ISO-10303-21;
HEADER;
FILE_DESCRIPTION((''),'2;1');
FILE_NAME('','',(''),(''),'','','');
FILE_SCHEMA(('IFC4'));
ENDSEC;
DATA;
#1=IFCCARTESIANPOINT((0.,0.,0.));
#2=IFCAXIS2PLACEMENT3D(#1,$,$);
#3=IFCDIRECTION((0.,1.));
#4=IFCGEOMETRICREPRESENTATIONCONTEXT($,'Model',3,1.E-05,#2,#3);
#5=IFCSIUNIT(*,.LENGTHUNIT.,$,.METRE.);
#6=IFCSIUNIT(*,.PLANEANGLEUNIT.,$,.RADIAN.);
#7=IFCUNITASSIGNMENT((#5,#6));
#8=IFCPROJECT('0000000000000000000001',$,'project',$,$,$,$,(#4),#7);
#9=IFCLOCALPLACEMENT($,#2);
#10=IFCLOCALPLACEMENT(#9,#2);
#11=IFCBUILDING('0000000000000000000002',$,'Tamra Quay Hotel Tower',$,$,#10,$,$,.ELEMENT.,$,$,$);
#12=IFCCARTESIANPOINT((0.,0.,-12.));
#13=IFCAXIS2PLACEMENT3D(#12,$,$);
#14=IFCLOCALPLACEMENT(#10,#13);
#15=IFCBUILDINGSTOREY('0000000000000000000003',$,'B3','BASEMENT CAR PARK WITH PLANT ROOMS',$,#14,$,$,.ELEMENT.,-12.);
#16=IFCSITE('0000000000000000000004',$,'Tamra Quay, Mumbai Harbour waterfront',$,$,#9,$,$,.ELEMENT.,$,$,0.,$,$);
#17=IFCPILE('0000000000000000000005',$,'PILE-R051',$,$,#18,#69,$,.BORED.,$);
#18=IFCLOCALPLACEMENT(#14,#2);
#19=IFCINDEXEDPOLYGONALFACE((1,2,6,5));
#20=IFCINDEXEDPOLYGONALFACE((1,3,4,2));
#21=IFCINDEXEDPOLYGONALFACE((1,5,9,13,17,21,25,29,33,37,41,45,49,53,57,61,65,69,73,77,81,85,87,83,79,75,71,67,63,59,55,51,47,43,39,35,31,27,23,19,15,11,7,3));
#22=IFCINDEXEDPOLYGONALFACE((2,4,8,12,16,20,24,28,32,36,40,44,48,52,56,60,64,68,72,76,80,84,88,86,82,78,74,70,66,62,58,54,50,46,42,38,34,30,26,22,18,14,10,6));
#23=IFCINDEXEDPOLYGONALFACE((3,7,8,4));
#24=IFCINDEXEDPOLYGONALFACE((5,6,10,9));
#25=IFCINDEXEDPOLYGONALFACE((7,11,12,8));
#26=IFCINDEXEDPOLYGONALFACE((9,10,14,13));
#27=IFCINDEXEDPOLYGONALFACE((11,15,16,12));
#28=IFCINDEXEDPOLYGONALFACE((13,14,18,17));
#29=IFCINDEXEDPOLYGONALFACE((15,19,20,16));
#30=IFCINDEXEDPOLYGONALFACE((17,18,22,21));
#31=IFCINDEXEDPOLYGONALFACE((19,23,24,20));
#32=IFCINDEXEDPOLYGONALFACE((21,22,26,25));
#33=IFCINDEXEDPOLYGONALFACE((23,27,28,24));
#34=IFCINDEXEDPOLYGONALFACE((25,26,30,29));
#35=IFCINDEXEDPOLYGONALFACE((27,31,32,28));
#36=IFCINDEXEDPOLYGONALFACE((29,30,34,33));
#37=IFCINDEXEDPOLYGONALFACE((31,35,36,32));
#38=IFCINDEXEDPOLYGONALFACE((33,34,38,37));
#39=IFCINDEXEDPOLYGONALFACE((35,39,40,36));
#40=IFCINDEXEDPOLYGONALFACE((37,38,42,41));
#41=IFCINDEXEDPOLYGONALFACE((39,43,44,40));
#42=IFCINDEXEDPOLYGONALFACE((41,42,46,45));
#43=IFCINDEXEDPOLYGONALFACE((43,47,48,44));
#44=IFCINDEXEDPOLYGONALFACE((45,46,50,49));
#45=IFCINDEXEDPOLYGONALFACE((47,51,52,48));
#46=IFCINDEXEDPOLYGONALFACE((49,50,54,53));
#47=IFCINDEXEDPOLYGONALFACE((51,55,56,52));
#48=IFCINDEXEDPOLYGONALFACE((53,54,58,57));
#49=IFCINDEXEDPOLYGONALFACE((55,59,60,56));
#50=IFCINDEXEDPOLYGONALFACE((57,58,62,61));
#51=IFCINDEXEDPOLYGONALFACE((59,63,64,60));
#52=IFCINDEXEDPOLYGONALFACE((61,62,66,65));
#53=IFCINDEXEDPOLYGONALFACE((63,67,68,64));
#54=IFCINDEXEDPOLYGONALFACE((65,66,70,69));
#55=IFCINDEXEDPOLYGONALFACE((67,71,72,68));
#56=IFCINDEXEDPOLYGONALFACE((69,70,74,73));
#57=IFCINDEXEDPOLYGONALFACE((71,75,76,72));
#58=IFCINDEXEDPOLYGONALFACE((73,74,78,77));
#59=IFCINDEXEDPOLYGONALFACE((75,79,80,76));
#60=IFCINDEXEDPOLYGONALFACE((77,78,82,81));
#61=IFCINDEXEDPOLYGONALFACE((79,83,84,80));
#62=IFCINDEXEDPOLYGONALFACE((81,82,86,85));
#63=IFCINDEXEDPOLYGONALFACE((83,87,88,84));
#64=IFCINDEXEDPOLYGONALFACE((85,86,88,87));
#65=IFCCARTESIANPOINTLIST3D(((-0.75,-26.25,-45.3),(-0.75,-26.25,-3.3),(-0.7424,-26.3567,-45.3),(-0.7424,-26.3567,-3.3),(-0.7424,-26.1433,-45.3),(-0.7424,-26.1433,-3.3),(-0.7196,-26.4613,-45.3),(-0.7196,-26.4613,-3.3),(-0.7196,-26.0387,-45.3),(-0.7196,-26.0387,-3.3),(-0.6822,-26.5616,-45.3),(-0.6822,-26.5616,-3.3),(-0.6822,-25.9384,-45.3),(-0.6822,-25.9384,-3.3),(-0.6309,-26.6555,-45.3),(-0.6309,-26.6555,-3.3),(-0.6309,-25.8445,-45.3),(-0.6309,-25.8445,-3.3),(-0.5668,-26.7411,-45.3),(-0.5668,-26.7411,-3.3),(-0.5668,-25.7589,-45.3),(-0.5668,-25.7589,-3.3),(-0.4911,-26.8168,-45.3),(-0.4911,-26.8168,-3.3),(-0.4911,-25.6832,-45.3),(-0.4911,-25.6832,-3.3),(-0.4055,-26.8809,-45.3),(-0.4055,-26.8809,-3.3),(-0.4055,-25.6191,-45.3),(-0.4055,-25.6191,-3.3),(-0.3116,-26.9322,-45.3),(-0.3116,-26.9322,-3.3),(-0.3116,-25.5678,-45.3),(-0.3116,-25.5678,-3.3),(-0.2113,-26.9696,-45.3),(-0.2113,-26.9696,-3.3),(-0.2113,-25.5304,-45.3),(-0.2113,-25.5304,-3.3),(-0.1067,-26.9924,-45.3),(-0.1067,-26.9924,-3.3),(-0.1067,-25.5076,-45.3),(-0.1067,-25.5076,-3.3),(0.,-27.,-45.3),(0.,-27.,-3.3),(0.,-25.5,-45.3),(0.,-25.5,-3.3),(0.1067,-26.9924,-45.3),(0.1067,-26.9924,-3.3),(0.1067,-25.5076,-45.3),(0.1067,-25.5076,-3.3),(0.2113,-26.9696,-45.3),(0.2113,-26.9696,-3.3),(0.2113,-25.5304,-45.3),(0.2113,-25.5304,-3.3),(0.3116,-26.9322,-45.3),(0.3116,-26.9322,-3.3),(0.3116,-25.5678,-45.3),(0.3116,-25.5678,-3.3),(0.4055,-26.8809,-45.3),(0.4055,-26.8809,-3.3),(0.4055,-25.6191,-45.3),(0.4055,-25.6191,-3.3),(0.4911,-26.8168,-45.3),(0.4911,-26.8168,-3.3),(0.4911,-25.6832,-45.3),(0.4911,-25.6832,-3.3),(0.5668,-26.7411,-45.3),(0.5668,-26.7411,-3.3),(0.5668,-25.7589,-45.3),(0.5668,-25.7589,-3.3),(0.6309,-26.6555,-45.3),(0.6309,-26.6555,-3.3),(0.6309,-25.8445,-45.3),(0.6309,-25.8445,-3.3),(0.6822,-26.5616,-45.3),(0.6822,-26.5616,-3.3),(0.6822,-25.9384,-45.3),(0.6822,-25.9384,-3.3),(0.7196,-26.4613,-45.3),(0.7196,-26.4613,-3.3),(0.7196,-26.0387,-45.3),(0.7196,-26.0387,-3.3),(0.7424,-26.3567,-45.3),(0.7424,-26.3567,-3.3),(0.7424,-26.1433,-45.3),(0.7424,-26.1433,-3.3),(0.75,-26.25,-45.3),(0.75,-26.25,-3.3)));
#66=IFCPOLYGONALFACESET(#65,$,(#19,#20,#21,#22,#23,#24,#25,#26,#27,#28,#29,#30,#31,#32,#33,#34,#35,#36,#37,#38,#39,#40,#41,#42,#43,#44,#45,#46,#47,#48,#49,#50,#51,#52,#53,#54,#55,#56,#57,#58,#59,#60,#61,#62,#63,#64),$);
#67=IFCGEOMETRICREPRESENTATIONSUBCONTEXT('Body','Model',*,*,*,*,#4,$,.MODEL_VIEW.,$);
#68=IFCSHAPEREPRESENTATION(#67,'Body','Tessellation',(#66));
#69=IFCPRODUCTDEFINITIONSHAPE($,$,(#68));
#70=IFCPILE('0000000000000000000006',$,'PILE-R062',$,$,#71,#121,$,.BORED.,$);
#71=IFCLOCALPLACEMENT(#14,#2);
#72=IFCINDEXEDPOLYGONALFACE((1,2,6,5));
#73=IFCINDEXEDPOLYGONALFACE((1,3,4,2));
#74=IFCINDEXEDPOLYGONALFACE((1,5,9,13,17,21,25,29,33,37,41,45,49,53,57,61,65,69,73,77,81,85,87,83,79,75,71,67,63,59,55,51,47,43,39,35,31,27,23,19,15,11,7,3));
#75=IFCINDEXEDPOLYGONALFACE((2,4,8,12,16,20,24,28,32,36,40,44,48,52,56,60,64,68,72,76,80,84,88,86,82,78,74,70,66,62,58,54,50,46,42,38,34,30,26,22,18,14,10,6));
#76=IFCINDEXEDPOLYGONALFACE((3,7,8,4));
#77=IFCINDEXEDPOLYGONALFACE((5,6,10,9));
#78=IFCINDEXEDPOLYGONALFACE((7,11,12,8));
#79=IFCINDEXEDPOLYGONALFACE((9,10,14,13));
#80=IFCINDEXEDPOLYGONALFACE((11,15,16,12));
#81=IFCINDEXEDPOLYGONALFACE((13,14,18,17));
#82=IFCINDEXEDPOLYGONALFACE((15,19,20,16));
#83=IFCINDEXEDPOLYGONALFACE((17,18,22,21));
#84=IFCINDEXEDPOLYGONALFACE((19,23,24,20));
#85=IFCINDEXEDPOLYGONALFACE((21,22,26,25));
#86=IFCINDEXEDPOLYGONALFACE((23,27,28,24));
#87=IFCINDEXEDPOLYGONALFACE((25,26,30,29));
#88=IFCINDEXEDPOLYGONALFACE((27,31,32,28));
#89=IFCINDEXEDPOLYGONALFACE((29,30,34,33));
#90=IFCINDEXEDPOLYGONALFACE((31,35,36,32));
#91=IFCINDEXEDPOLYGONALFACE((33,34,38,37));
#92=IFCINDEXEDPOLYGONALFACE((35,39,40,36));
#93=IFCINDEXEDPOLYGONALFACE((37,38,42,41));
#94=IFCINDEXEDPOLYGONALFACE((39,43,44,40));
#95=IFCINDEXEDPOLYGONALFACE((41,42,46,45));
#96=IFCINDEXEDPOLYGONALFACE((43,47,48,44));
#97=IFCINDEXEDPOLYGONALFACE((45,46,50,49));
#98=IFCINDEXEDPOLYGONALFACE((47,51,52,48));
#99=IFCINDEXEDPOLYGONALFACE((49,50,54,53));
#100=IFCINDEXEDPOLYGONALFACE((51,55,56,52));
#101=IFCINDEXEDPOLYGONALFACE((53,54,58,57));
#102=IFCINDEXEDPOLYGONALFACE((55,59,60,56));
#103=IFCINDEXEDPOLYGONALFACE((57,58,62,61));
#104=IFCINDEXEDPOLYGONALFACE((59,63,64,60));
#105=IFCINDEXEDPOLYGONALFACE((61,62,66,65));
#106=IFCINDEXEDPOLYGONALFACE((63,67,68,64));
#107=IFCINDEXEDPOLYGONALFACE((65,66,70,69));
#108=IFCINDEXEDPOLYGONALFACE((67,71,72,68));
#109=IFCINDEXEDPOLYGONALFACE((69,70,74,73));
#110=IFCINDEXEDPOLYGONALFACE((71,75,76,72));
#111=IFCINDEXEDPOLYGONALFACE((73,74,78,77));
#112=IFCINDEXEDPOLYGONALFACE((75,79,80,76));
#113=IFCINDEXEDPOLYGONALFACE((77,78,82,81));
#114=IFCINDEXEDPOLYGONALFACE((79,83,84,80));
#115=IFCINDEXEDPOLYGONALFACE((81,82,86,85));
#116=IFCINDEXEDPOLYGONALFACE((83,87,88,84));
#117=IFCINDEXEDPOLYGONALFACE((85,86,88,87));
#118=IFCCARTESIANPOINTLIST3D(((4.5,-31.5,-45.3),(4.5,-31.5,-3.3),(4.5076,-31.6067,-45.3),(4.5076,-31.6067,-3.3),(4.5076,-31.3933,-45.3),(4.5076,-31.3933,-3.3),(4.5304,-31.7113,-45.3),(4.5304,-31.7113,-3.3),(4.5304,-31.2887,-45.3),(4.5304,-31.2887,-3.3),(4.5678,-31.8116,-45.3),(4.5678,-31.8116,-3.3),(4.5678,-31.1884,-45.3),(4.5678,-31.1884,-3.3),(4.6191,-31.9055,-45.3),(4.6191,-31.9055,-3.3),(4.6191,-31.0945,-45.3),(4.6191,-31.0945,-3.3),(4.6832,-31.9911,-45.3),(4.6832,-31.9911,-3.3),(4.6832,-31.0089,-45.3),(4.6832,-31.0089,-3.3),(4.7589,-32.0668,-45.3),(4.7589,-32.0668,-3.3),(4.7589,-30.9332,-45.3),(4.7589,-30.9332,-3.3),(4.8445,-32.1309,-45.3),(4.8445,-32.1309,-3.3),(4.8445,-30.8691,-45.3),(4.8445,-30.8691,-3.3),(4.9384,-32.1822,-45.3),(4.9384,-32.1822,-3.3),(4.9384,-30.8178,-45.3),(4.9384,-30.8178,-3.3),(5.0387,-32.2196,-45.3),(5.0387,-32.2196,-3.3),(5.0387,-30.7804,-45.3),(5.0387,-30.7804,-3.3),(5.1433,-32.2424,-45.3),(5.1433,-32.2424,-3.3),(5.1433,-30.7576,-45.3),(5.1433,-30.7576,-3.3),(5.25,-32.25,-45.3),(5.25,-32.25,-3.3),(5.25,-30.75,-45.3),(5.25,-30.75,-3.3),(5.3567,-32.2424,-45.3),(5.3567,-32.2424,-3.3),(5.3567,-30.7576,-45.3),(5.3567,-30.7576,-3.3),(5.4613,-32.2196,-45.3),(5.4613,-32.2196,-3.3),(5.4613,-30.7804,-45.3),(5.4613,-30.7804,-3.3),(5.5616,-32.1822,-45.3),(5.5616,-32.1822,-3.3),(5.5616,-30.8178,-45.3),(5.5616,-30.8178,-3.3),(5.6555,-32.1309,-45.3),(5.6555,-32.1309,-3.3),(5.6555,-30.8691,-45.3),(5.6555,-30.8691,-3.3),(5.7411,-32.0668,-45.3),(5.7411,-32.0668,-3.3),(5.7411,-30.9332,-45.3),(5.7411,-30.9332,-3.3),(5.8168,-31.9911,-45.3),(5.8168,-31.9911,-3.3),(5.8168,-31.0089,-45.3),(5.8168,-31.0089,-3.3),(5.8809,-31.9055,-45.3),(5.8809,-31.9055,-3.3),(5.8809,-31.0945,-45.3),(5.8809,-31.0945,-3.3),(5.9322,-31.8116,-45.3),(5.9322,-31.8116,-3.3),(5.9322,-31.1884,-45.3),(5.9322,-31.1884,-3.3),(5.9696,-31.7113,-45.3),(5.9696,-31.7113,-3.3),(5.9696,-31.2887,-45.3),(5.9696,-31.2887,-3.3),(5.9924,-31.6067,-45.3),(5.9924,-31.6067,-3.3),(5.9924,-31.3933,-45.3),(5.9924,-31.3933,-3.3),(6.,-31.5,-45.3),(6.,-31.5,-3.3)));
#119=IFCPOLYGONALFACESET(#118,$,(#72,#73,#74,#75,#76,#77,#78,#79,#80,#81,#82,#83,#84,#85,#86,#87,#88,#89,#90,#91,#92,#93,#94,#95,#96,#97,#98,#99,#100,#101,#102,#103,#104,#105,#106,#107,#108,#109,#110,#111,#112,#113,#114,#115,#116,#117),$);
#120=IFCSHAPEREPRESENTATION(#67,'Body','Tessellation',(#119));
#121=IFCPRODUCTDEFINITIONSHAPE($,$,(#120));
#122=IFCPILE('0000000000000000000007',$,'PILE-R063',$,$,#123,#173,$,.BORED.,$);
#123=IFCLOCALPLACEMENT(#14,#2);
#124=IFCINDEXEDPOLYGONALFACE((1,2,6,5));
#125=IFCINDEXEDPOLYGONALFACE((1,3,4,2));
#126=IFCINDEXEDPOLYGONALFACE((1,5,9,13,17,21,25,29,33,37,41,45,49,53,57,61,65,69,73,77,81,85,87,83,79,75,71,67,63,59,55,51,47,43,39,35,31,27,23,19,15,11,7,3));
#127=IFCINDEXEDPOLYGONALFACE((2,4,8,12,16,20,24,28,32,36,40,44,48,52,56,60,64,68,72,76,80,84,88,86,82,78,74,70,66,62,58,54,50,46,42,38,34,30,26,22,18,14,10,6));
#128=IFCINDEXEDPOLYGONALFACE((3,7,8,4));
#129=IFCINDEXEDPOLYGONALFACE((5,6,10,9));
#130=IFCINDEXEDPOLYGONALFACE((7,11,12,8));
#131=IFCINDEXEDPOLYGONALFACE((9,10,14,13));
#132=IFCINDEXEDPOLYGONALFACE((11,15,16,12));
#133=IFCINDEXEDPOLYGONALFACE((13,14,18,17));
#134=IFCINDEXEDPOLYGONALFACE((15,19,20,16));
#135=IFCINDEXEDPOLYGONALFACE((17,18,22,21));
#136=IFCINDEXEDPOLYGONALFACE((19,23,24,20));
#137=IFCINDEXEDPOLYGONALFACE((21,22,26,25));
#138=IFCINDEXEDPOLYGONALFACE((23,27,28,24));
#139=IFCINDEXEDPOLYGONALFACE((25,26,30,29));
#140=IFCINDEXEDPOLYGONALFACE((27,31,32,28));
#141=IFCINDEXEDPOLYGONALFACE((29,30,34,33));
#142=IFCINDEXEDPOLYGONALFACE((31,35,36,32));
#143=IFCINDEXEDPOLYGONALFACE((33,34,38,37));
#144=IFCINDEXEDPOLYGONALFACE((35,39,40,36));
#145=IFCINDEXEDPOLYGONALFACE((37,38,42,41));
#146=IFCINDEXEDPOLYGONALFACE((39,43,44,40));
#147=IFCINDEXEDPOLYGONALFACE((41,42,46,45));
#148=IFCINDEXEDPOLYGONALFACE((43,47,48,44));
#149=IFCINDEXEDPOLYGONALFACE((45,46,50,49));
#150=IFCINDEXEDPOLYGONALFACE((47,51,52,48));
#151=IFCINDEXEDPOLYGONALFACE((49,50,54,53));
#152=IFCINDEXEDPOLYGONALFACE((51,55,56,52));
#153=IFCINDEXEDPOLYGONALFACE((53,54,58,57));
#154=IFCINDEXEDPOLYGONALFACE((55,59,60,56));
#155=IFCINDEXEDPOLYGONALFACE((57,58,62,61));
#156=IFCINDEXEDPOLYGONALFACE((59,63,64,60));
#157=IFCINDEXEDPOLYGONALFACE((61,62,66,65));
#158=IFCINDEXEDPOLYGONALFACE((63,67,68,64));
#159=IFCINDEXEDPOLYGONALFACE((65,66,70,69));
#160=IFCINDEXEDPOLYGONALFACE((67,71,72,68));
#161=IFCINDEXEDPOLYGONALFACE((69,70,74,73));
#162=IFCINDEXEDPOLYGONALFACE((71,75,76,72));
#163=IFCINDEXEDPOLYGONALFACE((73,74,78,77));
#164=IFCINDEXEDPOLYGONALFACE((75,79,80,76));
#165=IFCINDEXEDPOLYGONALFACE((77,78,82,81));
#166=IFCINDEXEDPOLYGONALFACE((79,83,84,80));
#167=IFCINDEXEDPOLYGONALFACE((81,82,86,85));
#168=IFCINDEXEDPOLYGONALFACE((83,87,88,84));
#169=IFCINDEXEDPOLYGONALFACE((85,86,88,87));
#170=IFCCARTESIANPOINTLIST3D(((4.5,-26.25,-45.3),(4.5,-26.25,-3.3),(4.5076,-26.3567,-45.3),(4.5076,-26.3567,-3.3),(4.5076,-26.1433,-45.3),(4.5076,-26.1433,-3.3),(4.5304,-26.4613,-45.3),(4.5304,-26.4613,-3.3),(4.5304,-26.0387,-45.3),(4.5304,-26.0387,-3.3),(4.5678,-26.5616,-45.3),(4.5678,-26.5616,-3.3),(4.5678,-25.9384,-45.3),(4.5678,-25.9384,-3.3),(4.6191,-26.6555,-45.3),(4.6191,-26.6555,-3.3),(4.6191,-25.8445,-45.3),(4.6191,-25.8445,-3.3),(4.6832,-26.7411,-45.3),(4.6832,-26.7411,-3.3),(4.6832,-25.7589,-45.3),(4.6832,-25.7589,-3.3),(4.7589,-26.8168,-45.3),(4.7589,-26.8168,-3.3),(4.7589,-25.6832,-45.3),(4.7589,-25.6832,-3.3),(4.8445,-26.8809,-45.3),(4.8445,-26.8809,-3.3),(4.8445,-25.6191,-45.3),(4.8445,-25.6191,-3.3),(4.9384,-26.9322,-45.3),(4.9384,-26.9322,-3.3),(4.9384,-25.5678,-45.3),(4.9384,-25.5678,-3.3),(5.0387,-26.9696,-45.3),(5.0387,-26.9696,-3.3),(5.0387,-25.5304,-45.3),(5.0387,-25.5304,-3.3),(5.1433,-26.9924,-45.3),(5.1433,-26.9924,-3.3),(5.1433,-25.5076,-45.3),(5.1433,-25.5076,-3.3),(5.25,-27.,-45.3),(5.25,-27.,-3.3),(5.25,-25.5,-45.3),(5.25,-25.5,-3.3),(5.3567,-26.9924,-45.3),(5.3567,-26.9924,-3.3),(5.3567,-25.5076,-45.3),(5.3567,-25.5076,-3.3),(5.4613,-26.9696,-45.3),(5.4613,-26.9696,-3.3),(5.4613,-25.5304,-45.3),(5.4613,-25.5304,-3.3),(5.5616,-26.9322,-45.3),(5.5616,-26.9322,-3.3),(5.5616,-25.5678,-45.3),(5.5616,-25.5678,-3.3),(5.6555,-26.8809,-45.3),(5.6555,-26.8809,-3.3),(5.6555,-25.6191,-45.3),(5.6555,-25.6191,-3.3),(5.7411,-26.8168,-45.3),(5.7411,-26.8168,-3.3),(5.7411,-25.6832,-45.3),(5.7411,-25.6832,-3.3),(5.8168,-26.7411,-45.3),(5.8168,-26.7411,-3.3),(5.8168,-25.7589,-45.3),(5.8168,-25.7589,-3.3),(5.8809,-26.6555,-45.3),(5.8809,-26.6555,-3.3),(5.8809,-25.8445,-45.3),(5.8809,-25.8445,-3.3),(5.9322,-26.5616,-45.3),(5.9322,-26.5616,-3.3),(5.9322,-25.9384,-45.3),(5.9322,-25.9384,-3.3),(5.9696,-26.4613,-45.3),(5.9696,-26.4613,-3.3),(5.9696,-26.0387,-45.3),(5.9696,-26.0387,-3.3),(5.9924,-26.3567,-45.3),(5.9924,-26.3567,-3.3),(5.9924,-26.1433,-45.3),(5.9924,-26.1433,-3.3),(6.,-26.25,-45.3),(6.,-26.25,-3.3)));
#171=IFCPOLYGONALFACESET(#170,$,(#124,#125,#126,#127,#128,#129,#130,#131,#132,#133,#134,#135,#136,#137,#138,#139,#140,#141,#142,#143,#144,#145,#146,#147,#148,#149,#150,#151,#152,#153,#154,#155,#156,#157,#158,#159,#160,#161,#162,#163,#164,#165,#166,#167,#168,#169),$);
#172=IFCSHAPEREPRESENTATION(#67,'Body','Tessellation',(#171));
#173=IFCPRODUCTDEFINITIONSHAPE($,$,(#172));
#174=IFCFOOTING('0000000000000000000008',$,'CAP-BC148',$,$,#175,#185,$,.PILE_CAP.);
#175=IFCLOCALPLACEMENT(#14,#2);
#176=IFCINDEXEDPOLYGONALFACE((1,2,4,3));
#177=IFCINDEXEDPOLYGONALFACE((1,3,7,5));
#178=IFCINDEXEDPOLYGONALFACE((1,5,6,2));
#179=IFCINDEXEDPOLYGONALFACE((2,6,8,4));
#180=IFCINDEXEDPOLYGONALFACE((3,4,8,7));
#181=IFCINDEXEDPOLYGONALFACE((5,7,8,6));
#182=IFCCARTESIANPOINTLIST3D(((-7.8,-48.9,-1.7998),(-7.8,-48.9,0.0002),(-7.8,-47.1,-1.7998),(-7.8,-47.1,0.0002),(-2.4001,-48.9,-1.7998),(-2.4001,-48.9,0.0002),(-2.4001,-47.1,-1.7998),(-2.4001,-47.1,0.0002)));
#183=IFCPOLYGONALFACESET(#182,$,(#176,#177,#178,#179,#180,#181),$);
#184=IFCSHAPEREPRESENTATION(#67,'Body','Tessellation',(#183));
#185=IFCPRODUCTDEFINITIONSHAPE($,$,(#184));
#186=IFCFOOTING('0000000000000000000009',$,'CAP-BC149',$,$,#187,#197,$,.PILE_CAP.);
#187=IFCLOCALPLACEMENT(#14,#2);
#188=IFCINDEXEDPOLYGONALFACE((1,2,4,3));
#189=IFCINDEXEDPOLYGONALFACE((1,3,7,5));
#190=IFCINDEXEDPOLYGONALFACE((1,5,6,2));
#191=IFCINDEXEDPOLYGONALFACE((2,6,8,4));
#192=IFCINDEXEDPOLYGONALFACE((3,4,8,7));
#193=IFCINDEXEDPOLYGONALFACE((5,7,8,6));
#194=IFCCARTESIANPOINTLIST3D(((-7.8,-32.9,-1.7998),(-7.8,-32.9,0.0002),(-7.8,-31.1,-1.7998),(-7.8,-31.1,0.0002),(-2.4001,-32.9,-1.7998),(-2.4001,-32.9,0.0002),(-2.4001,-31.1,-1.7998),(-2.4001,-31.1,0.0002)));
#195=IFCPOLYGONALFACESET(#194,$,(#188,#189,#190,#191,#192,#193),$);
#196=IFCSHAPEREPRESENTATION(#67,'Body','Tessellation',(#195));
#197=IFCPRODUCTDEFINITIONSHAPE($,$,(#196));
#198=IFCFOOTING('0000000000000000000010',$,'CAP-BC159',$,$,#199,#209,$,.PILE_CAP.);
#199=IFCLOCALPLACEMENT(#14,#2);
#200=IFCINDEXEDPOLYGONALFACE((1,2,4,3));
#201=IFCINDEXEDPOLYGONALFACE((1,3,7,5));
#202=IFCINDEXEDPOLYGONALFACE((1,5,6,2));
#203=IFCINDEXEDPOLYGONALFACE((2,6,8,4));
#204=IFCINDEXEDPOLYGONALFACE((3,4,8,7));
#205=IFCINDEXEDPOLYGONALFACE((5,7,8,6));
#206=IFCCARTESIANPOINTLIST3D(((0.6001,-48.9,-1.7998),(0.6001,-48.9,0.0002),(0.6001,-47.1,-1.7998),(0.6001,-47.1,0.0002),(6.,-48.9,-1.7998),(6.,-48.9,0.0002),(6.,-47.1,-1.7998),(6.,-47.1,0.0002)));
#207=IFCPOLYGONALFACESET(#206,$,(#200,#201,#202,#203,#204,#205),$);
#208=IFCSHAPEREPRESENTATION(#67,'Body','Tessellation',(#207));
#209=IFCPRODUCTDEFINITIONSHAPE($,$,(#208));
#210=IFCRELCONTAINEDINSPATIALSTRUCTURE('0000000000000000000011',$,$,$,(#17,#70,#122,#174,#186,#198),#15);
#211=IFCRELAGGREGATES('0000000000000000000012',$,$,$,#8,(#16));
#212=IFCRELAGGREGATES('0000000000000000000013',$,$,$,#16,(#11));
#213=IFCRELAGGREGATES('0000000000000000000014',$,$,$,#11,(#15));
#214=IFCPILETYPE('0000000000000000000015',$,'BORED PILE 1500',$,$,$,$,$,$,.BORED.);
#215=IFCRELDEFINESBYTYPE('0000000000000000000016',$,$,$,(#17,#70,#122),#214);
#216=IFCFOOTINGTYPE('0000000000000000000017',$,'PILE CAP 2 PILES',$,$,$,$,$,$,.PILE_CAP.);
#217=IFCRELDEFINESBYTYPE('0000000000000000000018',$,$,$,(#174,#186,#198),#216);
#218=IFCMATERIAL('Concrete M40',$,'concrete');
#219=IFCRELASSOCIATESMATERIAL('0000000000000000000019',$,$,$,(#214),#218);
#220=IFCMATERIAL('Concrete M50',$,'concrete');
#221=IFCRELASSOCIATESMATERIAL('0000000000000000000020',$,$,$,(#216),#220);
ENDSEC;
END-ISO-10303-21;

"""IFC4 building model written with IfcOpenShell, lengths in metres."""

from ifc_helpers import new_model, si_unit, direction, frame, origin, origin_2d, place, context, subcontext, project, spatial, rectangle, circle, extrude, material, material_profile, profile_set, type_object, element, save


model = new_model("IFC4")

# Units and contexts
model_context = context("Model", 3, precision=1e-05, world=origin(), true_north=direction((0.0, 1.0)))
body_context = subcontext(model_context, "Body", "Model", "MODEL_VIEW")
ifc_project = project(units=[si_unit("LENGTHUNIT", "METRE"), si_unit("PLANEANGLEUNIT", "RADIAN")], contexts=[model_context])

# Site, building, storey
site_placement = place(None, origin())
site = spatial("IfcSite", under=ifc_project, at=site_placement, Name="Tamra Quay, Mumbai Harbour waterfront", CompositionType="ELEMENT", RefElevation=0.0)
building_placement = place(site_placement, origin())
building = spatial("IfcBuilding", under=site, at=building_placement, Name="Tamra Quay Hotel Tower", CompositionType="ELEMENT")
storey_placement = place(building_placement, frame((0.0, 0.0, -12.0)))
storey = spatial("IfcBuildingStorey", under=building, at=storey_placement, Name="B3", Description="BASEMENT CAR PARK WITH PLANT ROOMS", CompositionType="ELEMENT", Elevation=-12.0)

# Piles
ifc_material_1 = material(Name="Concrete M40", Category="concrete")
ifc_material_profile_1 = material_profile(ifc_material_1, circle(Radius=0.75, at=origin_2d()), Name="BORED PILE 1500")
ifc_profile_set_1 = profile_set([ifc_material_profile_1], Name="Concrete M40")
pile_type_1 = type_object("IfcPileType", Name="BORED PILE 1500", PredefinedType="BORED", material=ifc_profile_set_1)
for number, where, z_axis, x_axis, name in (
    (1, (0.0, -26.25, -3.3), (0.0, 0.0, -1.0), (1.0, 0.0, 0.0), "PILE-R051"),
    (2, (5.25, -31.5, -3.3), (0.0, 0.0, -1.0), (1.0, 0.0, 0.0), "PILE-R062"),
    (3, (5.25, -26.25, -3.3), (0.0, 0.0, -1.0), (1.0, 0.0, 0.0), "PILE-R063"),
):
    element("IfcPile", number, at=place(storey_placement, frame(where, z_axis=z_axis, x_axis=x_axis)), inside=storey, type_object=pile_type_1, Name=name, PredefinedType="BORED", context=body_context, shape_type="SweptSolid", body=[
        extrude(circle(Radius=0.75, at=origin_2d()), origin(), (0.0, 0.0, 1.0), 42.0),
    ])

# Footings
ifc_material_2 = material(Name="Concrete M50", Category="concrete")
footing_type = type_object("IfcFootingType", Name="PILE CAP 2 PILES", PredefinedType="PILE_CAP", material=ifc_material_2)
for number, where, z_axis, x_axis, name in (
    (4, (-5.1001, -48.0, -1.7998), (0.0, 0.0, 1.0), (1.0, 0.0, 0.0), "CAP-BC148"),
    (5, (-5.1001, -32.0, -1.7998), (0.0, 0.0, 1.0), (1.0, 0.0, 0.0), "CAP-BC149"),
    (6, (3.3, -48.0, -1.7998), (0.0, 0.0, 1.0), (1.0, 0.0, 0.0), "CAP-BC159"),
):
    element("IfcFooting", number, at=place(storey_placement, frame(where, z_axis=z_axis, x_axis=x_axis)), inside=storey, type_object=footing_type, Name=name, PredefinedType="PILE_CAP", context=body_context, shape_type="SweptSolid", body=[
        extrude(rectangle(XDim=5.3999, YDim=1.8, at=origin_2d()), origin(), (0.0, 0.0, 1.0), 1.8),
    ])

save(model, "model.ifc")
